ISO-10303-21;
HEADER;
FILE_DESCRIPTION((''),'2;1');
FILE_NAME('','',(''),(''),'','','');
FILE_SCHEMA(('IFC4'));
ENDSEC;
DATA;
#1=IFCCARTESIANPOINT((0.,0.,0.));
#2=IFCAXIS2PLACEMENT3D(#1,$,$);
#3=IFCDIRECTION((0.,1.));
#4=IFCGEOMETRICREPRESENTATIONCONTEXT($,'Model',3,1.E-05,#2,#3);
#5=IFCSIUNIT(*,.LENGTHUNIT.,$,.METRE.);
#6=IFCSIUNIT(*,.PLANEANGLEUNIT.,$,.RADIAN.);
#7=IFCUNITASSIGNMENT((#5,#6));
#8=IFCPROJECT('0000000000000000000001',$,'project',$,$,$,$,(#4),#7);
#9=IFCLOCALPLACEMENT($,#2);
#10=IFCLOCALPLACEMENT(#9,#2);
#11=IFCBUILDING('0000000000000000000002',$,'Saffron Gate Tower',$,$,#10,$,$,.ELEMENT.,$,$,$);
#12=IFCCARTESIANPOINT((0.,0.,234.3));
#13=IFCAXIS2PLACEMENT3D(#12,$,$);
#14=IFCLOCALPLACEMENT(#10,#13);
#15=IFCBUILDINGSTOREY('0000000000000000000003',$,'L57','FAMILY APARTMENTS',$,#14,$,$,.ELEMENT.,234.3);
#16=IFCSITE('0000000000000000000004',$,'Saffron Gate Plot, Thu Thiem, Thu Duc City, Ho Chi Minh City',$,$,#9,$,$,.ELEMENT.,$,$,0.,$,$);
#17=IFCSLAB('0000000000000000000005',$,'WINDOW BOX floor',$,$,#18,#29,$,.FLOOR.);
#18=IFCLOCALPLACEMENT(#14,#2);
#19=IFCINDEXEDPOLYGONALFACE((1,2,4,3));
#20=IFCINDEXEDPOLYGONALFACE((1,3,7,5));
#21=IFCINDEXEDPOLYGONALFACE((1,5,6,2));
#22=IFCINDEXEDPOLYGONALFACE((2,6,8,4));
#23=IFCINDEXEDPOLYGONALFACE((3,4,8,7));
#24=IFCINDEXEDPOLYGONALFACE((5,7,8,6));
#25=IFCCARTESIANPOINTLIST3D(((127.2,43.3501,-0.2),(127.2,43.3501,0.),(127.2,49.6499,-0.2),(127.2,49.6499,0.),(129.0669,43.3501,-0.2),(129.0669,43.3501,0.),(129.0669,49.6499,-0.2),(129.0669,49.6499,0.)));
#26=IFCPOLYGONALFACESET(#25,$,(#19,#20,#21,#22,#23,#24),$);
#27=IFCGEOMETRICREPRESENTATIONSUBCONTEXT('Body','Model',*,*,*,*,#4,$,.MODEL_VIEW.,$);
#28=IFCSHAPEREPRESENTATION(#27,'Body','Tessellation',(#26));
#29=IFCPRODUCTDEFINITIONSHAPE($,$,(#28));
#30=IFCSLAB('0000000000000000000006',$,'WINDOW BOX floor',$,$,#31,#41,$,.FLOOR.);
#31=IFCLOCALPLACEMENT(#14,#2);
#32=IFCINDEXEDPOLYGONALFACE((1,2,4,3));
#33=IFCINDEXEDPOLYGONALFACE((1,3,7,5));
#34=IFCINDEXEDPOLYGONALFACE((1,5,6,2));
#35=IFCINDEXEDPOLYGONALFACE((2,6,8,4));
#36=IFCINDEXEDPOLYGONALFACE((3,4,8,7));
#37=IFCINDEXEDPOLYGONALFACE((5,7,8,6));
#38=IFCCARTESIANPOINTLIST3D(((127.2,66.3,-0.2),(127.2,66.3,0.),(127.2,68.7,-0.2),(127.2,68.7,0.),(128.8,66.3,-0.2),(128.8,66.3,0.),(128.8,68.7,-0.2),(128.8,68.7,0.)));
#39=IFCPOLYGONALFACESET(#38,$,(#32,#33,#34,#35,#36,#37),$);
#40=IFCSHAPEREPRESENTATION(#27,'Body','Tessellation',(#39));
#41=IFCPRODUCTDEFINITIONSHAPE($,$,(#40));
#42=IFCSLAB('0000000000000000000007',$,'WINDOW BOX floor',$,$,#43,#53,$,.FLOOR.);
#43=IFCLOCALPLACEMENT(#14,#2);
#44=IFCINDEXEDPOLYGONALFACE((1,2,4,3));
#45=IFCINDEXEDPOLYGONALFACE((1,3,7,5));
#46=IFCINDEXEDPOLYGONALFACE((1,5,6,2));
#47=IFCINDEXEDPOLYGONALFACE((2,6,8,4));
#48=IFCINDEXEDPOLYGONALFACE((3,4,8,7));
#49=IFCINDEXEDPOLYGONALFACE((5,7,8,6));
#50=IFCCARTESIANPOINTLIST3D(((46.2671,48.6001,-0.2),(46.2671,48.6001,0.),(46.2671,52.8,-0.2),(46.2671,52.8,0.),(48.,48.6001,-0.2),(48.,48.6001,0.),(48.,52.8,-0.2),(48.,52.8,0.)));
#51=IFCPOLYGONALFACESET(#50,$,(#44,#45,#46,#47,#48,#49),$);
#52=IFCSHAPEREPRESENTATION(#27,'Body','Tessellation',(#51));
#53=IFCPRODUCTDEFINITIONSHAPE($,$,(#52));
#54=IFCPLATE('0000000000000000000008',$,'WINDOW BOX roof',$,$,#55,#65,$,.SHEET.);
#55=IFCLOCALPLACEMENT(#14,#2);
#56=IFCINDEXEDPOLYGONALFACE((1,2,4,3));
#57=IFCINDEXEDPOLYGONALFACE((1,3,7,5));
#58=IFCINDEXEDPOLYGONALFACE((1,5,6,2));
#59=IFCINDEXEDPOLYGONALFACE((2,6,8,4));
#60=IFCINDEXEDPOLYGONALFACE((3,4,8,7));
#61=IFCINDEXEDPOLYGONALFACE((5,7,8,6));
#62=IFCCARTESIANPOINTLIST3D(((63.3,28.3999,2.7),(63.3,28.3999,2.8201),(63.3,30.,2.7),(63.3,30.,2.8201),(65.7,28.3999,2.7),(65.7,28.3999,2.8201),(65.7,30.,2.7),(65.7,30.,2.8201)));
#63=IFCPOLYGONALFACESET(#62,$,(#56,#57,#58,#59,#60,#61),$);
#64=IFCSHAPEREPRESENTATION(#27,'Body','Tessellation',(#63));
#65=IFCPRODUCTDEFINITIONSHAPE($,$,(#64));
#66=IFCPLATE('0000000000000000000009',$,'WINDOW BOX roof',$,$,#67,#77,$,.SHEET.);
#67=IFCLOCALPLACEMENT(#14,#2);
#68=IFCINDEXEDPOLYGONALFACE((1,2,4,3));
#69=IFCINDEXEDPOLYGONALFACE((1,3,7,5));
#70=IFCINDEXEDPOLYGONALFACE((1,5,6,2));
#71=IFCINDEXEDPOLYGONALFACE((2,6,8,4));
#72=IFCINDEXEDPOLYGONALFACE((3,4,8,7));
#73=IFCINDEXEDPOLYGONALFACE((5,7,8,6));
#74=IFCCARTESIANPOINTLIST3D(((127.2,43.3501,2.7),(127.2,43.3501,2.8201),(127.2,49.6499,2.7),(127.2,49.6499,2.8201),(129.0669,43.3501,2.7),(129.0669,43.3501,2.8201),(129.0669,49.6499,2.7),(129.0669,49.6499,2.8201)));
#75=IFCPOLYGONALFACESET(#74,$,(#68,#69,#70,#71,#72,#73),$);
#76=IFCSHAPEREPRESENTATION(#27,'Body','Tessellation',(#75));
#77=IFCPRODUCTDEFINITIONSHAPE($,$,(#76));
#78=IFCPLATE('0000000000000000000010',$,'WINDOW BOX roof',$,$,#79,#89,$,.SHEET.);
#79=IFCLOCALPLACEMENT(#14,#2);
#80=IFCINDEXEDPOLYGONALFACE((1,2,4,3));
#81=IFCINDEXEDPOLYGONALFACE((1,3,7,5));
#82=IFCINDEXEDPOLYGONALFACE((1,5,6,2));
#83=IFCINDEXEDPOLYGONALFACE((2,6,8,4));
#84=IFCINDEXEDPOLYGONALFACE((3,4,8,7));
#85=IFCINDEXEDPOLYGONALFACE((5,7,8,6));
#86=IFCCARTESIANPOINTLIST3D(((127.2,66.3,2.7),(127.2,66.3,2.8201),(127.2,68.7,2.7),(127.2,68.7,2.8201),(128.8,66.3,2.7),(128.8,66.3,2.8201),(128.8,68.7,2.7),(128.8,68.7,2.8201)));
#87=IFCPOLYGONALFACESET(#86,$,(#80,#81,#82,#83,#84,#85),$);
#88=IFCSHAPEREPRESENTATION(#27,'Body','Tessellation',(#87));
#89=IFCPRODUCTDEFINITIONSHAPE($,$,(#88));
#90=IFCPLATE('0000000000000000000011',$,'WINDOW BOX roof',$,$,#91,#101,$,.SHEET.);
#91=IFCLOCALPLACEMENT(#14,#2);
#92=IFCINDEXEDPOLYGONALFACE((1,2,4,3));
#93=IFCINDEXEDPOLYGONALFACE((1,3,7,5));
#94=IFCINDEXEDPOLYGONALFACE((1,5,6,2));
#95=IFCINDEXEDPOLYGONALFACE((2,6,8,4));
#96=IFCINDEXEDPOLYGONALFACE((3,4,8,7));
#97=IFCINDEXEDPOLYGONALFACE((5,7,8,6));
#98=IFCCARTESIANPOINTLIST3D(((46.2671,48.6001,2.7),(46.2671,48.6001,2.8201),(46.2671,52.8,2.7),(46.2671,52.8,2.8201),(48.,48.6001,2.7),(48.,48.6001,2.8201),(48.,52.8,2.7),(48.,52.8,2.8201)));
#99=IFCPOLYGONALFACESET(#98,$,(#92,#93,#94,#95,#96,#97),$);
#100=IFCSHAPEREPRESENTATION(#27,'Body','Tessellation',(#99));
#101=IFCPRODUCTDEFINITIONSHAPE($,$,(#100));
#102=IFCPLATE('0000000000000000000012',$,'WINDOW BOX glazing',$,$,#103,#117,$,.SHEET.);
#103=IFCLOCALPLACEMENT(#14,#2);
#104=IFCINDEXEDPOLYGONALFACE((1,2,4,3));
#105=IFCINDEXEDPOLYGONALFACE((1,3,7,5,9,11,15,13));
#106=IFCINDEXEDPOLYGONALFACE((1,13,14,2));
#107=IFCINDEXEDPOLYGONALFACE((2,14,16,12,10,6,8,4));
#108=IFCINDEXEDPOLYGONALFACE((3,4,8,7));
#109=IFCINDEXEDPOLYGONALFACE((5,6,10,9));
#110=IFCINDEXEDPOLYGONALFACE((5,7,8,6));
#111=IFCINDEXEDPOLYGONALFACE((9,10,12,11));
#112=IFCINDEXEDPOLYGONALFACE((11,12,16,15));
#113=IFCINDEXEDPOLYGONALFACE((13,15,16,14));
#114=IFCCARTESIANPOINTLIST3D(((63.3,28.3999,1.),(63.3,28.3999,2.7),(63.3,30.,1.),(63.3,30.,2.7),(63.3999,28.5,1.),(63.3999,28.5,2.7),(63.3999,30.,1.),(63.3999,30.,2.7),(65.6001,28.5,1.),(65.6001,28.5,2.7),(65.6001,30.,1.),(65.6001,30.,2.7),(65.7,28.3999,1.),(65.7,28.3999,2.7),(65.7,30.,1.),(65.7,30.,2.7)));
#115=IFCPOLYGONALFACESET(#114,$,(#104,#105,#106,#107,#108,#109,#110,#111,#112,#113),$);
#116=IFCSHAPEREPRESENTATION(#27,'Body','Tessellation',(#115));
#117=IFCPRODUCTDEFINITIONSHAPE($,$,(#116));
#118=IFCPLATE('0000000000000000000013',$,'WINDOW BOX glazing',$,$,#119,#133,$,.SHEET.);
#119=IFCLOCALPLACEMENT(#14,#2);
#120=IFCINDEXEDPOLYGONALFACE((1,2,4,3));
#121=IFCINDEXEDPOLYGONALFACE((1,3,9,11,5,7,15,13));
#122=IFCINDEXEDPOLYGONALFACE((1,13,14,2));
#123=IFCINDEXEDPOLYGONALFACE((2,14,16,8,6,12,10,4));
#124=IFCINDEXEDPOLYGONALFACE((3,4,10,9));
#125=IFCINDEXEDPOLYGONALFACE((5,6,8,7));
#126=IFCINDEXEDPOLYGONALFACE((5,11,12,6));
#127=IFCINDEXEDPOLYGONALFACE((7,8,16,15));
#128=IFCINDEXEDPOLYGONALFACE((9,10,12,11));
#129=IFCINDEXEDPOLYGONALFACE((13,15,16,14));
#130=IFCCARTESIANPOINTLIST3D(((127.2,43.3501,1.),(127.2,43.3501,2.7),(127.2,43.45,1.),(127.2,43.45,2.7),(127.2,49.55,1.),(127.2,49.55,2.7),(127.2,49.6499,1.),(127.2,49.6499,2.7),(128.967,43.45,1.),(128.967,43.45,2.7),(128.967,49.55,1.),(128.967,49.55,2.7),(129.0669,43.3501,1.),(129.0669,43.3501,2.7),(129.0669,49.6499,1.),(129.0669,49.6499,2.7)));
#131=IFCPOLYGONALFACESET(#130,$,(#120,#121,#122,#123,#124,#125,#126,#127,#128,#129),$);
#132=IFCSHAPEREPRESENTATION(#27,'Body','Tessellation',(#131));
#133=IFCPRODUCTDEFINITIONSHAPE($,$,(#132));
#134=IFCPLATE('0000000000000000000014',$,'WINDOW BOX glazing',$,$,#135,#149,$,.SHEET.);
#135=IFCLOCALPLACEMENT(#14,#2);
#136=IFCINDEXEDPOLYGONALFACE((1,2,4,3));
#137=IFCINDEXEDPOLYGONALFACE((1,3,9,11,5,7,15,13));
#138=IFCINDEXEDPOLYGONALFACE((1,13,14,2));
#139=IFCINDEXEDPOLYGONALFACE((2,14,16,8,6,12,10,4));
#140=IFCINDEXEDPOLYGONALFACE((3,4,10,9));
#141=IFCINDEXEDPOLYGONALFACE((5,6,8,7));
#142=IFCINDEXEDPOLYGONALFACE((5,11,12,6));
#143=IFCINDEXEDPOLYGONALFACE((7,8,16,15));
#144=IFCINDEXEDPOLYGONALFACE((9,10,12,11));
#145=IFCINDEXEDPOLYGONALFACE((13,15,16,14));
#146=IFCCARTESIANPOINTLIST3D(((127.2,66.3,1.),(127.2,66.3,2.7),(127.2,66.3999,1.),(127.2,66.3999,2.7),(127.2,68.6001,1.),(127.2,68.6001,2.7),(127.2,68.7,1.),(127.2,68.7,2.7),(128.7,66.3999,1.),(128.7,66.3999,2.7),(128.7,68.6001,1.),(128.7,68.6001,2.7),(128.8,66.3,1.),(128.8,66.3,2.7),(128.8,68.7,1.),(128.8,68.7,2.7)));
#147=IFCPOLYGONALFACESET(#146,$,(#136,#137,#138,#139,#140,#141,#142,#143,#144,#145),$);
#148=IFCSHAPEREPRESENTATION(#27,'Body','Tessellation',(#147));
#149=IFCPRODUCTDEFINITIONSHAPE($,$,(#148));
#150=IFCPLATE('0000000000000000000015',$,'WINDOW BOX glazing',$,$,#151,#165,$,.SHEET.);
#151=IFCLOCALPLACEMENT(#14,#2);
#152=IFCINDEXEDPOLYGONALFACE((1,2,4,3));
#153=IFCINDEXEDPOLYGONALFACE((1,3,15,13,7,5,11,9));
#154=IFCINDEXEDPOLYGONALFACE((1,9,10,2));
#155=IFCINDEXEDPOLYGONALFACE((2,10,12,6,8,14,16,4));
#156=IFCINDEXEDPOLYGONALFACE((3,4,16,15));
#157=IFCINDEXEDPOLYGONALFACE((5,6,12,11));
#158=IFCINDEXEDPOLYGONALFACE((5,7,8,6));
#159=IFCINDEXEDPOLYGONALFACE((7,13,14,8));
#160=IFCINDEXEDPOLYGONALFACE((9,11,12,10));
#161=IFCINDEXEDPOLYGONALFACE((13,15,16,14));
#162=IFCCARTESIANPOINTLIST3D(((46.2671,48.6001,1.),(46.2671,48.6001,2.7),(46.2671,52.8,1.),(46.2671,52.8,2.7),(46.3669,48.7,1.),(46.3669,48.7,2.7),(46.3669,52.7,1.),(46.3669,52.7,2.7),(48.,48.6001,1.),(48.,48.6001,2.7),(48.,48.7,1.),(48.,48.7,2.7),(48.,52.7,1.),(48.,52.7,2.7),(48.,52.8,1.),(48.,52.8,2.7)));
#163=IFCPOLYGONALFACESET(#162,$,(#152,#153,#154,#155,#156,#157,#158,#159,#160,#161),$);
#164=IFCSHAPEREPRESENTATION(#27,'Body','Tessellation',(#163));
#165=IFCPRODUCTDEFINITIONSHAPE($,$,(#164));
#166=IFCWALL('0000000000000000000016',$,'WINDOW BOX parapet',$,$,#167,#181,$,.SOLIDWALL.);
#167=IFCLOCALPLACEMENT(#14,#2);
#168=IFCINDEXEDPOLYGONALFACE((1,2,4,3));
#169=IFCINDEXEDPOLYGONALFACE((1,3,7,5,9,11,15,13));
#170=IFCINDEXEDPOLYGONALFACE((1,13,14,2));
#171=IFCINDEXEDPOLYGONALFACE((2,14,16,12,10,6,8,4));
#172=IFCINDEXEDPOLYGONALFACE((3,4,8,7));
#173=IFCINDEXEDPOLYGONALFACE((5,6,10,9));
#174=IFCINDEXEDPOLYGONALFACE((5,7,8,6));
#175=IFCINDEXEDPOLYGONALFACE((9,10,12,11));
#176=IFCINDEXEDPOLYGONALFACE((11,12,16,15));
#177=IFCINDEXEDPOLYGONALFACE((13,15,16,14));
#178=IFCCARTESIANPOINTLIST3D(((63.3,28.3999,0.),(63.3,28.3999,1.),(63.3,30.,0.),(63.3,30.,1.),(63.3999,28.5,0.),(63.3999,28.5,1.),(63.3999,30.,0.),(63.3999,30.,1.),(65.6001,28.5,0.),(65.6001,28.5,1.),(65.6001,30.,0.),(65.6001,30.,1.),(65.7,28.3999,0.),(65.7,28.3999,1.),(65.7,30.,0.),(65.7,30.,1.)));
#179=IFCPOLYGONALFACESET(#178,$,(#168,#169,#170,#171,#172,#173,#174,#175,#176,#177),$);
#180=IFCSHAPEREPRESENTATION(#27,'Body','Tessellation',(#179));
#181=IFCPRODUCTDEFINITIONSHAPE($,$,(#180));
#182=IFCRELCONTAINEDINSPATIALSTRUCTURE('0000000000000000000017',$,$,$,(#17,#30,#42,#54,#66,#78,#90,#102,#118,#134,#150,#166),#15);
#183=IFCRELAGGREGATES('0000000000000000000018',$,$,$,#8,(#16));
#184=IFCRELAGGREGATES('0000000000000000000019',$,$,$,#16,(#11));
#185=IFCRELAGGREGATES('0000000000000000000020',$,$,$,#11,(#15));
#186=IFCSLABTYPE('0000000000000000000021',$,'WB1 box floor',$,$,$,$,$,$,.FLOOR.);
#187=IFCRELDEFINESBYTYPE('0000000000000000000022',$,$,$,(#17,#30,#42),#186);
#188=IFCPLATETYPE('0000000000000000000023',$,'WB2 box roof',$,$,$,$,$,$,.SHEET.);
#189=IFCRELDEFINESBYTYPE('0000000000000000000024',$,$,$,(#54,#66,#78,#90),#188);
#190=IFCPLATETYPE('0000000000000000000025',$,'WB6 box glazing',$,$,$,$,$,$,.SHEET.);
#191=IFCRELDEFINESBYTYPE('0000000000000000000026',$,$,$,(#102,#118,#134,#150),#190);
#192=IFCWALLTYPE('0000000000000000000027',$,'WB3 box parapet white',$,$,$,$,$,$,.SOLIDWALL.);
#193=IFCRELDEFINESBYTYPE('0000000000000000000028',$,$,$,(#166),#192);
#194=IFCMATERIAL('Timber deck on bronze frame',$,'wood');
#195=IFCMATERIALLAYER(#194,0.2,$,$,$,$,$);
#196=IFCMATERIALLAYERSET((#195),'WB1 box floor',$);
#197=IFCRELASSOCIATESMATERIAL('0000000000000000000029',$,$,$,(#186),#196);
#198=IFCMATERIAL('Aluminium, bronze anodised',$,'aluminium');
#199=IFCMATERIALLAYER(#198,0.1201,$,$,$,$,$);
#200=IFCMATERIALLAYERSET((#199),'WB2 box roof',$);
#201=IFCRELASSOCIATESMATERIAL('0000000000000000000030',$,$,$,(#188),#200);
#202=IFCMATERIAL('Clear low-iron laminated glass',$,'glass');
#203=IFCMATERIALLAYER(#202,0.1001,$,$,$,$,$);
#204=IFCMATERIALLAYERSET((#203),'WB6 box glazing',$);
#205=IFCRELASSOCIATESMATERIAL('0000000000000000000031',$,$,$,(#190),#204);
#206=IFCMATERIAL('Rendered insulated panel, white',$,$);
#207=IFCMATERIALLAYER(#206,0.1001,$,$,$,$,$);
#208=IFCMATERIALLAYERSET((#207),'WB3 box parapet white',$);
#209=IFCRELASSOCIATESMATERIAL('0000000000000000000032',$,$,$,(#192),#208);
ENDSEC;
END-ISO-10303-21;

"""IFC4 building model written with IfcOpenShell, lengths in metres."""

from ifc_helpers import new_model, si_unit, direction, frame, origin, place, context, subcontext, project, spatial, polyline, outline, extrude, material, layer, layer_set, type_object, element, save


model = new_model("IFC4")

# Units and contexts
model_context = context("Model", 3, precision=1e-05, world=origin(), true_north=direction((0.0, 1.0)))
body_context = subcontext(model_context, "Body", "Model", "MODEL_VIEW")
ifc_project = project(units=[si_unit("LENGTHUNIT", "METRE"), si_unit("PLANEANGLEUNIT", "RADIAN")], contexts=[model_context])

# Site, building, storey
site_placement = place(None, origin())
site = spatial("IfcSite", under=ifc_project, at=site_placement, Name="Saffron Gate Plot, Thu Thiem, Thu Duc City, Ho Chi Minh City", CompositionType="ELEMENT", RefElevation=0.0)
building_placement = place(site_placement, origin())
building = spatial("IfcBuilding", under=site, at=building_placement, Name="Saffron Gate Tower", CompositionType="ELEMENT")
storey_placement = place(building_placement, frame((0.0, 0.0, 234.3)))
storey = spatial("IfcBuildingStorey", under=building, at=storey_placement, Name="L57", Description="FAMILY APARTMENTS", CompositionType="ELEMENT", Elevation=234.3)

# Slabs
ifc_material_1 = material(Name="Timber deck on bronze frame", Category="wood")
ifc_layer_1 = layer(ifc_material_1, 0.2)
ifc_layer_set_1 = layer_set([ifc_layer_1], Name="WB1 box floor")
slab_type_1 = type_object("IfcSlabType", Name="WB1 box floor", PredefinedType="FLOOR", material=ifc_layer_set_1)
slab_1_placement = place(storey_placement, frame((0.0, 0.0, -0.2)))
element("IfcSlab", 1, at=slab_1_placement, inside=storey, type_object=slab_type_1, Name="WINDOW BOX floor", PredefinedType="FLOOR", context=body_context, shape_type="SweptSolid", body=[
    extrude(outline(polyline([(127.2, 43.3501), (127.2, 49.6499), (129.0669, 49.6499), (129.0669, 43.3501), (127.2, 43.3501)])), origin(), (0.0, 0.0, 1.0), 0.2),
])
slab_2_placement = place(storey_placement, frame((0.0, 0.0, -0.2)))
element("IfcSlab", 2, at=slab_2_placement, inside=storey, type_object=slab_type_1, Name="WINDOW BOX floor", PredefinedType="FLOOR", context=body_context, shape_type="SweptSolid", body=[
    extrude(outline(polyline([(127.2, 66.3), (127.2, 68.7), (128.8, 68.7), (128.8, 66.3), (127.2, 66.3)])), origin(), (0.0, 0.0, 1.0), 0.2),
])
slab_3_placement = place(storey_placement, frame((0.0, 0.0, -0.2)))
element("IfcSlab", 3, at=slab_3_placement, inside=storey, type_object=slab_type_1, Name="WINDOW BOX floor", PredefinedType="FLOOR", context=body_context, shape_type="SweptSolid", body=[
    extrude(outline(polyline([(48.0, 52.8), (48.0, 48.6001), (46.2671, 48.6001), (46.2671, 52.8), (48.0, 52.8)])), origin(), (0.0, 0.0, 1.0), 0.2),
])

# Plates
ifc_material_2 = material(Name="Aluminium, bronze anodised", Category="aluminium")
ifc_layer_2 = layer(ifc_material_2, 0.1201)
ifc_layer_set_2 = layer_set([ifc_layer_2], Name="WB2 box roof")
plate_type_1 = type_object("IfcPlateType", Name="WB2 box roof", PredefinedType="SHEET", material=ifc_layer_set_2)
plate_1_placement = place(storey_placement, frame((0.0, 0.0, 2.7)))
element("IfcPlate", 4, at=plate_1_placement, inside=storey, type_object=plate_type_1, Name="WINDOW BOX roof", PredefinedType="SHEET", context=body_context, shape_type="SweptSolid", body=[
    extrude(outline(polyline([(63.3, 30.0), (65.7, 30.0), (65.7, 28.3999), (63.3, 28.3999), (63.3, 30.0)])), origin(), (0.0, 0.0, 1.0), 0.1201),
])
plate_2_placement = place(storey_placement, frame((0.0, 0.0, 2.7)))
element("IfcPlate", 5, at=plate_2_placement, inside=storey, type_object=plate_type_1, Name="WINDOW BOX roof", PredefinedType="SHEET", context=body_context, shape_type="SweptSolid", body=[
    extrude(outline(polyline([(127.2, 43.3501), (127.2, 49.6499), (129.0669, 49.6499), (129.0669, 43.3501), (127.2, 43.3501)])), origin(), (0.0, 0.0, 1.0), 0.1201),
])
plate_3_placement = place(storey_placement, frame((0.0, 0.0, 2.7)))
element("IfcPlate", 6, at=plate_3_placement, inside=storey, type_object=plate_type_1, Name="WINDOW BOX roof", PredefinedType="SHEET", context=body_context, shape_type="SweptSolid", body=[
    extrude(outline(polyline([(127.2, 66.3), (127.2, 68.7), (128.8, 68.7), (128.8, 66.3), (127.2, 66.3)])), origin(), (0.0, 0.0, 1.0), 0.1201),
])
plate_4_placement = place(storey_placement, frame((0.0, 0.0, 2.7)))
element("IfcPlate", 7, at=plate_4_placement, inside=storey, type_object=plate_type_1, Name="WINDOW BOX roof", PredefinedType="SHEET", context=body_context, shape_type="SweptSolid", body=[
    extrude(outline(polyline([(48.0, 52.8), (48.0, 48.6001), (46.2671, 48.6001), (46.2671, 52.8), (48.0, 52.8)])), origin(), (0.0, 0.0, 1.0), 0.1201),
])
ifc_material_3 = material(Name="Clear low-iron laminated glass", Category="glass")
ifc_layer_3 = layer(ifc_material_3, 0.1001)
ifc_layer_set_3 = layer_set([ifc_layer_3], Name="WB6 box glazing")
plate_type_2 = type_object("IfcPlateType", Name="WB6 box glazing", PredefinedType="SHEET", material=ifc_layer_set_3)
plate_5_placement = place(storey_placement, frame((0.0, 0.0, 1.0)))
element("IfcPlate", 8, at=plate_5_placement, inside=storey, type_object=plate_type_2, Name="WINDOW BOX glazing", PredefinedType="SHEET", context=body_context, shape_type="SweptSolid", body=[
    extrude(outline(polyline([(63.3, 30.0), (63.3999, 30.0), (63.3999, 28.5), (65.6001, 28.5), (65.6001, 30.0), (65.7, 30.0), (65.7, 28.3999), (63.3, 28.3999), (63.3, 30.0)])), origin(), (0.0, 0.0, 1.0), 1.7),
])
plate_6_placement = place(storey_placement, frame((0.0, 0.0, 1.0)))
element("IfcPlate", 9, at=plate_6_placement, inside=storey, type_object=plate_type_2, Name="WINDOW BOX glazing", PredefinedType="SHEET", context=body_context, shape_type="SweptSolid", body=[
    extrude(outline(polyline([(127.2, 43.3501), (127.2, 43.45), (128.967, 43.45), (128.967, 49.55), (127.2, 49.55), (127.2, 49.6499), (129.0669, 49.6499), (129.0669, 43.3501), (127.2, 43.3501)])), origin(), (0.0, 0.0, 1.0), 1.7),
])
plate_7_placement = place(storey_placement, frame((0.0, 0.0, 1.0)))
element("IfcPlate", 10, at=plate_7_placement, inside=storey, type_object=plate_type_2, Name="WINDOW BOX glazing", PredefinedType="SHEET", context=body_context, shape_type="SweptSolid", body=[
    extrude(outline(polyline([(127.2, 66.3), (127.2, 66.3999), (128.7, 66.3999), (128.7, 68.6001), (127.2, 68.6001), (127.2, 68.7), (128.8, 68.7), (128.8, 66.3), (127.2, 66.3)])), origin(), (0.0, 0.0, 1.0), 1.7),
])
plate_8_placement = place(storey_placement, frame((0.0, 0.0, 1.0)))
element("IfcPlate", 11, at=plate_8_placement, inside=storey, type_object=plate_type_2, Name="WINDOW BOX glazing", PredefinedType="SHEET", context=body_context, shape_type="SweptSolid", body=[
    extrude(outline(polyline([(48.0, 52.8), (48.0, 52.7), (46.3669, 52.7), (46.3669, 48.7), (48.0, 48.7), (48.0, 48.6001), (46.2671, 48.6001), (46.2671, 52.8), (48.0, 52.8)])), origin(), (0.0, 0.0, 1.0), 1.7),
])

# Wall
ifc_material_4 = material(Name="Rendered insulated panel, white")
ifc_layer_4 = layer(ifc_material_4, 0.1001)
ifc_layer_set_4 = layer_set([ifc_layer_4], Name="WB3 box parapet white")
wall_type = type_object("IfcWallType", Name="WB3 box parapet white", PredefinedType="SOLIDWALL", material=ifc_layer_set_4)
wall_1_placement = place(storey_placement, origin())
element("IfcWall", 12, at=wall_1_placement, inside=storey, type_object=wall_type, Name="WINDOW BOX parapet", PredefinedType="SOLIDWALL", context=body_context, shape_type="SweptSolid", body=[
    extrude(outline(polyline([(63.3, 30.0), (63.3999, 30.0), (63.3999, 28.5), (65.6001, 28.5), (65.6001, 30.0), (65.7, 30.0), (65.7, 28.3999), (63.3, 28.3999), (63.3, 30.0)])), origin(), (0.0, 0.0, 1.0), 1.0),
])

save(model, "model.ifc")
